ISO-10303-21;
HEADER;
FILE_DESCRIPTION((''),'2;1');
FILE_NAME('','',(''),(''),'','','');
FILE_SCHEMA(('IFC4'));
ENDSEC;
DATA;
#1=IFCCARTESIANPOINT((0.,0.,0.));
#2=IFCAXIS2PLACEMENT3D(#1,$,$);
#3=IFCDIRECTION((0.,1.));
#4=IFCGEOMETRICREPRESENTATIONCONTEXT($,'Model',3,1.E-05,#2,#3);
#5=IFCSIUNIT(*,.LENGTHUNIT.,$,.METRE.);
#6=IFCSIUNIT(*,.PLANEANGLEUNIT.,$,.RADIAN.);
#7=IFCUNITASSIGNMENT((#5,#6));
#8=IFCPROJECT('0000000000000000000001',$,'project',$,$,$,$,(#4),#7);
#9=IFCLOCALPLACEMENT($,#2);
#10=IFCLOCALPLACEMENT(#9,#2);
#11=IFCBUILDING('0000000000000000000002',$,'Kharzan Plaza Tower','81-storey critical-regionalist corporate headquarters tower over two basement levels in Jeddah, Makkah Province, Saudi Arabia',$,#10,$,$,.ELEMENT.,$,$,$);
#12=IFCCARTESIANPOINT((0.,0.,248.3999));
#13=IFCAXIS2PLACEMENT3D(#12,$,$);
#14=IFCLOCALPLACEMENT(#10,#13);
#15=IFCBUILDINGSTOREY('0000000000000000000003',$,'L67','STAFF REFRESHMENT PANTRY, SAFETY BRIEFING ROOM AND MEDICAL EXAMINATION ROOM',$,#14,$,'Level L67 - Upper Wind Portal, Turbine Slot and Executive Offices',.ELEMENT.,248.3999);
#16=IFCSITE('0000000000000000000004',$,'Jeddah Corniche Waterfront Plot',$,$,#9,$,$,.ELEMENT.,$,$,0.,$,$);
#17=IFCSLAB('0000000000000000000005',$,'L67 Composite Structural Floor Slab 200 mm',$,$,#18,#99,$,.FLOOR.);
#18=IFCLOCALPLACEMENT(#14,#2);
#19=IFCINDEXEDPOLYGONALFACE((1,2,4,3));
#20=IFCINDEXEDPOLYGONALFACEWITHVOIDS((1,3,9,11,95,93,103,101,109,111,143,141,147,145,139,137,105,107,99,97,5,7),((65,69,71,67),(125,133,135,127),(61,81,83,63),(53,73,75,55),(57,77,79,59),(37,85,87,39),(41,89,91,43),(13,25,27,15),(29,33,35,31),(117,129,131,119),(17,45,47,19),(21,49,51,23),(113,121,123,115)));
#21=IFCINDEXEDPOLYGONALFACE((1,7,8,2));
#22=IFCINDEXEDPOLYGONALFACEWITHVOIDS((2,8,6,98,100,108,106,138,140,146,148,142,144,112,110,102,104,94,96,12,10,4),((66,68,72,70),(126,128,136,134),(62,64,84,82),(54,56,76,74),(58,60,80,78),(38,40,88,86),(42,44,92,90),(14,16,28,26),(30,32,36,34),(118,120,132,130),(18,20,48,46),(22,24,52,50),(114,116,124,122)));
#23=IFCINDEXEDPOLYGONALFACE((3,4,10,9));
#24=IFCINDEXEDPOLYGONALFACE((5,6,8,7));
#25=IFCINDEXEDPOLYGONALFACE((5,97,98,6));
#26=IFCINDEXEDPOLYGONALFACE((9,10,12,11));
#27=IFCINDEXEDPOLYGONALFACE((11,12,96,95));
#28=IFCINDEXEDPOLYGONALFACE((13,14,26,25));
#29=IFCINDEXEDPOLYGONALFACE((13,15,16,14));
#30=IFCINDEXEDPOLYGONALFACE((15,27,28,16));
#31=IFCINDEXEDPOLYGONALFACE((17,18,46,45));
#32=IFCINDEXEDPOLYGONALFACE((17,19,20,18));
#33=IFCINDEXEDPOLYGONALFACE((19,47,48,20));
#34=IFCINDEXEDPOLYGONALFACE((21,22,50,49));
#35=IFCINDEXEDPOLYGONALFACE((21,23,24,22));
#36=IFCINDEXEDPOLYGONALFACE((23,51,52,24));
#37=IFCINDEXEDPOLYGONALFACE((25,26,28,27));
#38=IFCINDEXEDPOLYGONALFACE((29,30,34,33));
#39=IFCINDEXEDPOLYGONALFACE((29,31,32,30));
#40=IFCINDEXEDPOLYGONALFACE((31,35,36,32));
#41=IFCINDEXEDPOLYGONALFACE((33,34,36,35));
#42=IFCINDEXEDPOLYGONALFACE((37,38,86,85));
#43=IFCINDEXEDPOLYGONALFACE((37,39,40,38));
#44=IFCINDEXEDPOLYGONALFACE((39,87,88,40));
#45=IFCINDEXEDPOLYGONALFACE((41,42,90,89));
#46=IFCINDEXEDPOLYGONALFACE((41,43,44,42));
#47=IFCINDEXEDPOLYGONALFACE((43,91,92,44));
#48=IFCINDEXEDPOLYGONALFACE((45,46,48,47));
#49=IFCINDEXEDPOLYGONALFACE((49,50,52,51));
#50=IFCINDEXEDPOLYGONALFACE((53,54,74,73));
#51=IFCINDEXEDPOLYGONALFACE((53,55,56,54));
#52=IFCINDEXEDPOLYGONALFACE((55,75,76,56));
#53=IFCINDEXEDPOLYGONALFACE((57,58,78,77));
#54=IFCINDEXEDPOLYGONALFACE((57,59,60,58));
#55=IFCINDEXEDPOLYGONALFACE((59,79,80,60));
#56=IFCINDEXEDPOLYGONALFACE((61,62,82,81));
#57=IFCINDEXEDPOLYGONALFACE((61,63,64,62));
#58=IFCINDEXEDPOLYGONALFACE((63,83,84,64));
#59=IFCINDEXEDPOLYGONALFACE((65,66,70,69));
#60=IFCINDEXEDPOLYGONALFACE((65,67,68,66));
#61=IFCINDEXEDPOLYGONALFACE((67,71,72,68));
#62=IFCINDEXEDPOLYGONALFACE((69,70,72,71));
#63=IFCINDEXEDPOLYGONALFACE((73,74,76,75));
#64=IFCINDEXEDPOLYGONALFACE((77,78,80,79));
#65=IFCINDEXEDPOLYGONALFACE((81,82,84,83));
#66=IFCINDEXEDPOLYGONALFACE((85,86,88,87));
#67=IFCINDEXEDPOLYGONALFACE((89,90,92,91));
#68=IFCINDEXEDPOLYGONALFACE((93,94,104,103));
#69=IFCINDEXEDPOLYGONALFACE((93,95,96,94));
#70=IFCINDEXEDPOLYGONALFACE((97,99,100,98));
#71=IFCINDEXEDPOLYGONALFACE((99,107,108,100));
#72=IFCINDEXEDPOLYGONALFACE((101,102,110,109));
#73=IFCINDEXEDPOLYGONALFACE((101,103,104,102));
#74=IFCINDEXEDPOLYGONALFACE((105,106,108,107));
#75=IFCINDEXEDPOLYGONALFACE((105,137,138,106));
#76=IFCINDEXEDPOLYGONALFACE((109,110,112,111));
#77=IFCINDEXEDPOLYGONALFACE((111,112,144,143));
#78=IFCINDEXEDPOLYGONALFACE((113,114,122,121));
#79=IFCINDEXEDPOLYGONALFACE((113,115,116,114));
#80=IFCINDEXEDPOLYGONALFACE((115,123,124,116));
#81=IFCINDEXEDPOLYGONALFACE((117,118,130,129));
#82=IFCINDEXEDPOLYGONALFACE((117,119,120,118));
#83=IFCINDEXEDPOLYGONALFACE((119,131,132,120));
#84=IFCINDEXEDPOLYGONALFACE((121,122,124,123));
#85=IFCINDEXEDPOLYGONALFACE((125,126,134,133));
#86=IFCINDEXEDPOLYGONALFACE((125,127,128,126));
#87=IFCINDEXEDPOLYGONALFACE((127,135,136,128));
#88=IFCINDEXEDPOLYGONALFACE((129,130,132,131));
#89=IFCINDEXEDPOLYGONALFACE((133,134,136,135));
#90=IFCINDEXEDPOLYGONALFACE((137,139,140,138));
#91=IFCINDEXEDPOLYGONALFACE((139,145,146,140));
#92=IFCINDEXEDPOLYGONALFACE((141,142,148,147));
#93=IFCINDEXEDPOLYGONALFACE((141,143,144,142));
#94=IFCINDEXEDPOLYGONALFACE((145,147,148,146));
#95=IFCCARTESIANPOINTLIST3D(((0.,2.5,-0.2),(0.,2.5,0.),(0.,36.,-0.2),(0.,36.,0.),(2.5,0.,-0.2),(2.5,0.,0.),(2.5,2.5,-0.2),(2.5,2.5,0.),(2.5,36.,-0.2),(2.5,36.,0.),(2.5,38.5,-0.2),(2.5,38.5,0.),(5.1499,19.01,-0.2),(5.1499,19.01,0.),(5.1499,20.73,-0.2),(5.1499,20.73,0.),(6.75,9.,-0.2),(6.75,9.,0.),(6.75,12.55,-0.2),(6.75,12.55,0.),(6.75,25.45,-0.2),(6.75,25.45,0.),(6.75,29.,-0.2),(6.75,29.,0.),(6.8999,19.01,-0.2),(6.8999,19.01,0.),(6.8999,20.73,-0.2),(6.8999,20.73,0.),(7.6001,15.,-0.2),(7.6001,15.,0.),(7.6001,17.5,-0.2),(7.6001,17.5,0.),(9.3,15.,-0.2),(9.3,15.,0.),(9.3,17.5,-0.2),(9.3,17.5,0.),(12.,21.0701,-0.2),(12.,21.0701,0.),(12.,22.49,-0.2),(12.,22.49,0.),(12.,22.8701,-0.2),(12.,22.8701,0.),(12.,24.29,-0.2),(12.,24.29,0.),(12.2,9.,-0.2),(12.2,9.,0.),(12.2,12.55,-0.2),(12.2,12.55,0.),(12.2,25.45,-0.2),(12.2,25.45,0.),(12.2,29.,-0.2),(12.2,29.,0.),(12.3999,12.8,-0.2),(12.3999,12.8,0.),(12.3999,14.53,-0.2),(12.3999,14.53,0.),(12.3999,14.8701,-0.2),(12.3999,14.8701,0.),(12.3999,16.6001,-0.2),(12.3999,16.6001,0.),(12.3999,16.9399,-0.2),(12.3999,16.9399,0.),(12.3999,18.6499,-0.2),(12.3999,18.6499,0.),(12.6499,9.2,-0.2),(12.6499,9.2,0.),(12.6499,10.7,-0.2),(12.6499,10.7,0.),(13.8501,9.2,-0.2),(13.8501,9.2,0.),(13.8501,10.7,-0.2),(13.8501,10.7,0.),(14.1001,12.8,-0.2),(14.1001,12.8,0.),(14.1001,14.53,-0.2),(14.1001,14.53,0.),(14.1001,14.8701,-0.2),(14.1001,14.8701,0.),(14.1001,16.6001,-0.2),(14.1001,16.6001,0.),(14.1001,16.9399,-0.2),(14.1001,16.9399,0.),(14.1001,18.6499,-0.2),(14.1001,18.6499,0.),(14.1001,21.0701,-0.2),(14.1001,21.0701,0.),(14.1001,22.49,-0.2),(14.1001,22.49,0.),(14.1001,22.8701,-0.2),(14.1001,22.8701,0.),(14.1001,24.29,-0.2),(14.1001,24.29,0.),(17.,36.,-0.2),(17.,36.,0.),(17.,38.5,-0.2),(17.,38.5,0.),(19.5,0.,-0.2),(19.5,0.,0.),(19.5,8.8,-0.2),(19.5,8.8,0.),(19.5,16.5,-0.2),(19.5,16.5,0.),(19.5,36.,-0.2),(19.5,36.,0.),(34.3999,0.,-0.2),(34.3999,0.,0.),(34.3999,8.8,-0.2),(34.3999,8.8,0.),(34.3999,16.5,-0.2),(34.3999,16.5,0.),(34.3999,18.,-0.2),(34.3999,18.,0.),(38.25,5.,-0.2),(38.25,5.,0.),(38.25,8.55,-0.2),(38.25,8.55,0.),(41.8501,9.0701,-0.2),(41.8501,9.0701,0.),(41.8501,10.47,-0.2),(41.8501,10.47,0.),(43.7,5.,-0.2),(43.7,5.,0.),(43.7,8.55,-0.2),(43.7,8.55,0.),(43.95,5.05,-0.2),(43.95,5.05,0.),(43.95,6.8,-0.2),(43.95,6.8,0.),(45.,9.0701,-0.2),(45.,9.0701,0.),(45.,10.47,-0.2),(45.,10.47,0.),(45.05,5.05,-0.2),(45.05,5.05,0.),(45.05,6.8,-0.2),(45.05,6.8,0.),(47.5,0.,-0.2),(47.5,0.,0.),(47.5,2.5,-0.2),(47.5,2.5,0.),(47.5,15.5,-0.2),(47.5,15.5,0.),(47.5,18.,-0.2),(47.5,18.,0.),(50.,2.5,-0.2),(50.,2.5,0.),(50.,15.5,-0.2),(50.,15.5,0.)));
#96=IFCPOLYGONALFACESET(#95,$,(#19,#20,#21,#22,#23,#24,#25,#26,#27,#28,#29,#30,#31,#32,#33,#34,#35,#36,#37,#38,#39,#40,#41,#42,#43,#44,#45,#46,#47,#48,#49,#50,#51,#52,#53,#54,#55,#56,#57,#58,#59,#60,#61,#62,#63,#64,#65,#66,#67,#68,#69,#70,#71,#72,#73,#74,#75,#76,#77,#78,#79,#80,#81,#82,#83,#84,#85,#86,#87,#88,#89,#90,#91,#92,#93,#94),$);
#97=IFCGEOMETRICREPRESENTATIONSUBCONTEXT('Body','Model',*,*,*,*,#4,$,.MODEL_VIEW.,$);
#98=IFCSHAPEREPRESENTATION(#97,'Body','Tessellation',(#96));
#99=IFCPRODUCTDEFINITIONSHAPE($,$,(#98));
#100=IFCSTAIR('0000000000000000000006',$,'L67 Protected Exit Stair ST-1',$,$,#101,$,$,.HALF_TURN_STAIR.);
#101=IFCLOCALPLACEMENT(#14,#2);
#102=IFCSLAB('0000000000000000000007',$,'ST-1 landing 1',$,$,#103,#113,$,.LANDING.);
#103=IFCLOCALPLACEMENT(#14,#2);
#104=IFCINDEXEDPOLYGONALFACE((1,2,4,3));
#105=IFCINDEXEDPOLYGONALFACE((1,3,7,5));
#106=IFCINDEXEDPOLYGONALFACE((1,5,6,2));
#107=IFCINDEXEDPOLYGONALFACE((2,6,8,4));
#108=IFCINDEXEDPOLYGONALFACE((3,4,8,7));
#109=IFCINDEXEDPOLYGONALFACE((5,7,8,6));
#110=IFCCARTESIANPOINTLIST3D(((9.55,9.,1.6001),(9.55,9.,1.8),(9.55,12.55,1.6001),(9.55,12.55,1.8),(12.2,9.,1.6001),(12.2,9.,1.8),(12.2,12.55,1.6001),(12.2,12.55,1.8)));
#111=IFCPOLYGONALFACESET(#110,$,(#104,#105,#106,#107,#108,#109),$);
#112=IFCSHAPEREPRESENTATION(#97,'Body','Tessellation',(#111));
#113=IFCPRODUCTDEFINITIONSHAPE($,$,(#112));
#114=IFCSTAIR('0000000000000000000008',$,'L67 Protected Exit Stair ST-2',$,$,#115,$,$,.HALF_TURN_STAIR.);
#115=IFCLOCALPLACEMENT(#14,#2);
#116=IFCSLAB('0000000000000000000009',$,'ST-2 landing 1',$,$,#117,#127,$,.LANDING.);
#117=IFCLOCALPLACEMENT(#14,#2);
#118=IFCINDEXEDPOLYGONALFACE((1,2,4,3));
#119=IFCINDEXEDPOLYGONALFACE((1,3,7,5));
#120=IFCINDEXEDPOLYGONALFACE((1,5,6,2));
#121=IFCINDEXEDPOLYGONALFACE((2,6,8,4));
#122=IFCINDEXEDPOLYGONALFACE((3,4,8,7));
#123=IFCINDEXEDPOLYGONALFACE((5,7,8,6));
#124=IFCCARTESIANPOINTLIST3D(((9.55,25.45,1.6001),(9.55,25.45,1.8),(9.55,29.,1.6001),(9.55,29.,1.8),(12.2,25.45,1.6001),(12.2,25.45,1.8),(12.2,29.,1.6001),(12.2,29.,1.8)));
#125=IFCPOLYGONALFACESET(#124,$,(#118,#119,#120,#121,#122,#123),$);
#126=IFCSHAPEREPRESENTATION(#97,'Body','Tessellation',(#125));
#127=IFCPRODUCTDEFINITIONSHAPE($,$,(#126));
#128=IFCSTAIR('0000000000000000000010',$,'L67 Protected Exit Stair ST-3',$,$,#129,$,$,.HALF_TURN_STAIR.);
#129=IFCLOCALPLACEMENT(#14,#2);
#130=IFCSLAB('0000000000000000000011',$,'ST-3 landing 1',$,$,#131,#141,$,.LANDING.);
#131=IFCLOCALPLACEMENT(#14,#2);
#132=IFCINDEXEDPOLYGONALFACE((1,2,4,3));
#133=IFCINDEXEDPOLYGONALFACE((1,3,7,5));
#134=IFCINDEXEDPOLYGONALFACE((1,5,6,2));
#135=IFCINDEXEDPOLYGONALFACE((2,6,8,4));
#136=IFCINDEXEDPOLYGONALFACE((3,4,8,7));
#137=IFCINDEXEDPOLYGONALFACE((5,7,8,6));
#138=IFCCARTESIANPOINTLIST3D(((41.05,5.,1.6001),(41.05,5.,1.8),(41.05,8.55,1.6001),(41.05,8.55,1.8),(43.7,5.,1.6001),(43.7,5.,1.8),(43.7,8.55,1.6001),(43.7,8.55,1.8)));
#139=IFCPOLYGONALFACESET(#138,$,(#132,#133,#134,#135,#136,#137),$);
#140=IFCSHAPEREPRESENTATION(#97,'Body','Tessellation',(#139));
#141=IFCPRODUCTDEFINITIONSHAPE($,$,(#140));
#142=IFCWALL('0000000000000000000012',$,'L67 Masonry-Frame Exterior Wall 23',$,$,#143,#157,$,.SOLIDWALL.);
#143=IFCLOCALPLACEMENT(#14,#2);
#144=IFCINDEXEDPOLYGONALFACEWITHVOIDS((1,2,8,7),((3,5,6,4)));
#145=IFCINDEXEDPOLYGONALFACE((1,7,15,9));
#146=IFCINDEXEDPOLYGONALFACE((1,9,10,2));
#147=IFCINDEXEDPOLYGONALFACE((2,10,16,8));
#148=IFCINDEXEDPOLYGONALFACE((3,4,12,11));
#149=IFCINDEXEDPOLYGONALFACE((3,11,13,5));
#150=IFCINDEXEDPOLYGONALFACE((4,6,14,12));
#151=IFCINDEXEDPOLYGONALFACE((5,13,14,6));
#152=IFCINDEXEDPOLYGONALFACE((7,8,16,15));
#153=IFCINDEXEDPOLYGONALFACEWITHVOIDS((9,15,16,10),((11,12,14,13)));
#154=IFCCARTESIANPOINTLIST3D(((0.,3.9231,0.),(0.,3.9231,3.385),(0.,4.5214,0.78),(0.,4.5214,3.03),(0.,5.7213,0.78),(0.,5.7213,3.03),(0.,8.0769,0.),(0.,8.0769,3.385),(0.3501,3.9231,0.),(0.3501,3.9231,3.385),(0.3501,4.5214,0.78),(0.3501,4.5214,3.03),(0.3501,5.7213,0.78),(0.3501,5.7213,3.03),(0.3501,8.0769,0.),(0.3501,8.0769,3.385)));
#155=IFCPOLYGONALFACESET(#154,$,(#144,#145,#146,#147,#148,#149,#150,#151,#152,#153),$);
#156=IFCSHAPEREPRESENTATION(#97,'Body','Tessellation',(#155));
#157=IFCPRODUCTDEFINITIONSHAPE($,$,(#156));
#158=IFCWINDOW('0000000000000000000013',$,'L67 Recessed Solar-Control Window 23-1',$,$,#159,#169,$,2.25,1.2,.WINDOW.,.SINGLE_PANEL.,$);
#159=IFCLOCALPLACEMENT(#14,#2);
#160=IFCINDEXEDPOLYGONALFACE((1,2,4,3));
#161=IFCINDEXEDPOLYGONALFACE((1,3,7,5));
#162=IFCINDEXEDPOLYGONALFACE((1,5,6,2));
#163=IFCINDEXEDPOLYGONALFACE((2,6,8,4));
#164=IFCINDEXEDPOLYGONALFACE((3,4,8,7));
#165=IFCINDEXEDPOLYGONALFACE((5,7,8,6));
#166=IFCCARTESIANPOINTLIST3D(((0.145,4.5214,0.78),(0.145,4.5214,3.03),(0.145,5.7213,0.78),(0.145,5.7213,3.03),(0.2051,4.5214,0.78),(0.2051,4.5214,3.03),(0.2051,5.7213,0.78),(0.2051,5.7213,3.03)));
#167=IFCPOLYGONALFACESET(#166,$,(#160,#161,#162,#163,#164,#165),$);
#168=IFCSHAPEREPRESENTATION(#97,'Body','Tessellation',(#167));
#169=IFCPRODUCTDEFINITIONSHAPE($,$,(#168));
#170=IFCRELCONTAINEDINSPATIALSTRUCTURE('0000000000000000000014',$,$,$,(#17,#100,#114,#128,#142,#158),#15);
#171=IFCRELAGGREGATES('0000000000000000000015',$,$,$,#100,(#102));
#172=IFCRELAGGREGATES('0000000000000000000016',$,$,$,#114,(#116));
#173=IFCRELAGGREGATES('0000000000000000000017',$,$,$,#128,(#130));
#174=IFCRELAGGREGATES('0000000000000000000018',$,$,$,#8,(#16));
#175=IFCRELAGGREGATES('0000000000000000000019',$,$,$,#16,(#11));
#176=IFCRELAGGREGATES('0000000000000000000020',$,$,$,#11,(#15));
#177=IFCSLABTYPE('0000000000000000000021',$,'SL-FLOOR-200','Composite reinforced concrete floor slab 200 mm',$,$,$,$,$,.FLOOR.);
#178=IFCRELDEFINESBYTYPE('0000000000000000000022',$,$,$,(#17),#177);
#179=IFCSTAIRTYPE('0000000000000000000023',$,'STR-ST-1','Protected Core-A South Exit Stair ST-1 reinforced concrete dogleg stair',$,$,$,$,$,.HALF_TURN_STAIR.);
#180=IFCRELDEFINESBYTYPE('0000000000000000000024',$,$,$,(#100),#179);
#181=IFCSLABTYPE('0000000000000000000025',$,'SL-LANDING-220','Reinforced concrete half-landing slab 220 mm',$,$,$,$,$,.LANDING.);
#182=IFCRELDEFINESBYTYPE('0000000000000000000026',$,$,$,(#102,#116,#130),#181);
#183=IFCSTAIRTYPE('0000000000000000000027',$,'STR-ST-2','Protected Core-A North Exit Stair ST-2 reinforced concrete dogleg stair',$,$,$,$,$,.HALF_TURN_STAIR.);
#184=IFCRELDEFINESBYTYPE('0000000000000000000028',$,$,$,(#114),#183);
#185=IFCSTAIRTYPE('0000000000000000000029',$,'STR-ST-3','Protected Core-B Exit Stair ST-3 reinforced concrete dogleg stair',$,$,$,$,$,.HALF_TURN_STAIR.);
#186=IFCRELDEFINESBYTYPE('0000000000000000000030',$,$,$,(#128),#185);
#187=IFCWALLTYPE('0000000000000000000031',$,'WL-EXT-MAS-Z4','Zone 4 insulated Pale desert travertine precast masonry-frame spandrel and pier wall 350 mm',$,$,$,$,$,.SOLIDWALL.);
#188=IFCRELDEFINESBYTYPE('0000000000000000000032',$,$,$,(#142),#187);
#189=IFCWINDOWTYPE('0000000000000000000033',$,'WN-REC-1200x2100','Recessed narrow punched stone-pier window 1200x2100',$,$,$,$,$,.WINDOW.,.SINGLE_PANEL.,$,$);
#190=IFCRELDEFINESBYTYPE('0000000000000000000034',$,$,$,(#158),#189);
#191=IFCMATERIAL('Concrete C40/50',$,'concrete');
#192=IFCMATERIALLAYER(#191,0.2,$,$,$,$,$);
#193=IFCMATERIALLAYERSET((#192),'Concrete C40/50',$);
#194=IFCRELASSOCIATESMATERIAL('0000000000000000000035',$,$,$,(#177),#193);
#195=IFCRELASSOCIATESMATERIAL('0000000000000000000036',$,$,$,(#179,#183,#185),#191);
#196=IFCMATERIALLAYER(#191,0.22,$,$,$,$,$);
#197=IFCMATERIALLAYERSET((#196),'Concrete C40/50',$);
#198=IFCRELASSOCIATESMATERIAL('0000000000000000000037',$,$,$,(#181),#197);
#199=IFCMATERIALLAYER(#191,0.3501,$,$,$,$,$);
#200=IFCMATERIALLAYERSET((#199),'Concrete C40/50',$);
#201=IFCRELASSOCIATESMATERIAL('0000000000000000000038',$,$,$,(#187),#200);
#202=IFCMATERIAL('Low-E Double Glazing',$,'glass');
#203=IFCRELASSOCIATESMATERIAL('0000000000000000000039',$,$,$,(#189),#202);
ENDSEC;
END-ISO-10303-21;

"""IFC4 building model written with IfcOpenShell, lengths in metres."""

from ifc_helpers import new_model, si_unit, direction, frame, frame_2d, origin, place, context, subcontext, project, spatial, polyline, rectangle, outline, extrude, source, transform, mapped, material, layer, layer_set, type_object, element, fill, aggregate, save


model = new_model("IFC4")

# Units and contexts
model_context = context("Model", 3, precision=1e-05, world=origin(), true_north=direction((0.0, 1.0)))
body_context = subcontext(model_context, "Body", "Model", "MODEL_VIEW")
ifc_project = project(units=[si_unit("LENGTHUNIT", "METRE"), si_unit("PLANEANGLEUNIT", "RADIAN")], contexts=[model_context])

# Site, building, storey
site_placement = place(None, origin())
site = spatial("IfcSite", under=ifc_project, at=site_placement, Name="Jeddah Corniche Waterfront Plot", CompositionType="ELEMENT", RefElevation=0.0)
building_placement = place(site_placement, origin())
building = spatial("IfcBuilding", under=site, at=building_placement, Name="Kharzan Plaza Tower", Description="81-storey critical-regionalist corporate headquarters tower over two basement levels in Jeddah, Makkah Province, Saudi Arabia", CompositionType="ELEMENT")
storey_placement = place(building_placement, frame((0.0, 0.0, 248.3999)))
storey = spatial("IfcBuildingStorey", under=building, at=storey_placement, Name="L67", Description="STAFF REFRESHMENT PANTRY, SAFETY BRIEFING ROOM AND MEDICAL EXAMINATION ROOM", LongName="Level L67 - Upper Wind Portal, Turbine Slot and Executive Offices", CompositionType="ELEMENT", Elevation=248.3999)

# Slab
ifc_material_1 = material(Name="Concrete C40/50", Category="concrete")
ifc_layer_1 = layer(ifc_material_1, 0.2)
ifc_layer_set_1 = layer_set([ifc_layer_1], Name="Concrete C40/50")
slab_type_1 = type_object("IfcSlabType", Name="SL-FLOOR-200", Description="Composite reinforced concrete floor slab 200 mm", PredefinedType="FLOOR", material=ifc_layer_set_1)
slab_1_placement = place(storey_placement, frame((0.0, 0.0, -0.2)))
element("IfcSlab", 1, at=slab_1_placement, inside=storey, type_object=slab_type_1, Name="L67 Composite Structural Floor Slab 200 mm", PredefinedType="FLOOR", context=body_context, shape_type="SweptSolid", body=[
    extrude(outline(polyline([(34.3999, 16.5), (19.5, 16.5), (19.5, 36.0), (17.0, 36.0), (17.0, 38.5), (2.5, 38.5), (2.5, 36.0), (0.0, 36.0), (0.0, 2.5), (2.5, 2.5), (2.5, 0.0), (19.5, 0.0), (19.5, 8.8), (34.3999, 8.8), (34.3999, 0.0), (47.5, 0.0), (47.5, 2.5), (50.0, 2.5), (50.0, 15.5), (47.5, 15.5), (47.5, 18.0), (34.3999, 18.0), (34.3999, 16.5)]), holes=[polyline([(12.2, 12.55), (6.75, 12.55), (6.75, 9.0), (12.2, 9.0), (12.2, 12.55)]), polyline([(14.1001, 12.8), (14.1001, 14.53), (12.3999, 14.53), (12.3999, 12.8), (14.1001, 12.8)]), polyline([(9.3, 15.0), (9.3, 17.5), (7.6001, 17.5), (7.6001, 15.0), (9.3, 15.0)]), polyline([(6.8999, 20.73), (5.1499, 20.73), (5.1499, 19.01), (6.8999, 19.01), (6.8999, 20.73)]), polyline([(14.1001, 21.0701), (14.1001, 22.49), (12.0, 22.49), (12.0, 21.0701), (14.1001, 21.0701)]), polyline([(14.1001, 22.8701), (14.1001, 24.29), (12.0, 24.29), (12.0, 22.8701), (14.1001, 22.8701)]), polyline([(12.2, 29.0), (6.75, 29.0), (6.75, 25.45), (12.2, 25.45), (12.2, 29.0)]), polyline([(45.05, 5.05), (45.05, 6.8), (43.95, 6.8), (43.95, 5.05), (45.05, 5.05)]), polyline([(43.7, 5.0), (43.7, 8.55), (38.25, 8.55), (38.25, 5.0), (43.7, 5.0)]), polyline([(45.0, 9.0701), (45.0, 10.47), (41.8501, 10.47), (41.8501, 9.0701), (45.0, 9.0701)]), polyline([(13.8501, 9.2), (13.8501, 10.7), (12.6499, 10.7), (12.6499, 9.2), (13.8501, 9.2)]), polyline([(14.1001, 14.8701), (14.1001, 16.6001), (12.3999, 16.6001), (12.3999, 14.8701), (14.1001, 14.8701)]), polyline([(14.1001, 16.9399), (14.1001, 18.6499), (12.3999, 18.6499), (12.3999, 16.9399), (14.1001, 16.9399)])]), origin(), (0.0, 0.0, 1.0), 0.2),
])

# Stairs, slabs
stair_type_1 = type_object("IfcStairType", Name="STR-ST-1", Description="Protected Core-A South Exit Stair ST-1 reinforced concrete dogleg stair", PredefinedType="HALF_TURN_STAIR", material=ifc_material_1)
stair_1_placement = place(storey_placement, origin())
stair_1 = element("IfcStair", 2, at=stair_1_placement, inside=storey, type_object=stair_type_1, Name="L67 Protected Exit Stair ST-1", PredefinedType="HALF_TURN_STAIR")
ifc_layer_2 = layer(ifc_material_1, 0.22)
ifc_layer_set_2 = layer_set([ifc_layer_2], Name="Concrete C40/50")
slab_type_2 = type_object("IfcSlabType", Name="SL-LANDING-220", Description="Reinforced concrete half-landing slab 220 mm", PredefinedType="LANDING", material=ifc_layer_set_2)
slab_2_placement = place(storey_placement, frame((0.0, 0.0, 1.6001)))
slab_2 = element("IfcSlab", 3, at=slab_2_placement, type_object=slab_type_2, Name="ST-1 landing 1", PredefinedType="LANDING", context=body_context, shape_type="SweptSolid", body=[
    extrude(outline(polyline([(9.55, 9.0), (12.2, 9.0), (12.2, 12.55), (9.55, 12.55), (9.55, 9.0)])), origin(), (0.0, 0.0, 1.0), 0.2),
])
aggregate(stair_1, [slab_2])
stair_type_2 = type_object("IfcStairType", Name="STR-ST-2", Description="Protected Core-A North Exit Stair ST-2 reinforced concrete dogleg stair", PredefinedType="HALF_TURN_STAIR", material=ifc_material_1)
stair_2_placement = place(storey_placement, origin())
stair_2 = element("IfcStair", 4, at=stair_2_placement, inside=storey, type_object=stair_type_2, Name="L67 Protected Exit Stair ST-2", PredefinedType="HALF_TURN_STAIR")
slab_3_placement = place(storey_placement, frame((0.0, 0.0, 1.6001)))
slab_3 = element("IfcSlab", 5, at=slab_3_placement, type_object=slab_type_2, Name="ST-2 landing 1", PredefinedType="LANDING", context=body_context, shape_type="SweptSolid", body=[
    extrude(outline(polyline([(9.55, 25.45), (12.2, 25.45), (12.2, 29.0), (9.55, 29.0), (9.55, 25.45)])), origin(), (0.0, 0.0, 1.0), 0.2),
])
aggregate(stair_2, [slab_3])
stair_type_3 = type_object("IfcStairType", Name="STR-ST-3", Description="Protected Core-B Exit Stair ST-3 reinforced concrete dogleg stair", PredefinedType="HALF_TURN_STAIR", material=ifc_material_1)
stair_3_placement = place(storey_placement, origin())
stair_3 = element("IfcStair", 6, at=stair_3_placement, inside=storey, type_object=stair_type_3, Name="L67 Protected Exit Stair ST-3", PredefinedType="HALF_TURN_STAIR")
slab_4_placement = place(storey_placement, frame((0.0, 0.0, 1.6001)))
slab_4 = element("IfcSlab", 7, at=slab_4_placement, type_object=slab_type_2, Name="ST-3 landing 1", PredefinedType="LANDING", context=body_context, shape_type="SweptSolid", body=[
    extrude(outline(polyline([(41.05, 5.0), (43.7, 5.0), (43.7, 8.55), (41.05, 8.55), (41.05, 5.0)])), origin(), (0.0, 0.0, 1.0), 0.2),
])
aggregate(stair_3, [slab_4])

# Wall, opening, window
ifc_layer_3 = layer(ifc_material_1, 0.3501)
ifc_layer_set_3 = layer_set([ifc_layer_3], Name="Concrete C40/50")
wall_type_1 = type_object("IfcWallType", Name="WL-EXT-MAS-Z4", Description="Zone 4 insulated Pale desert travertine precast masonry-frame spandrel and pier wall 350 mm", PredefinedType="SOLIDWALL", material=ifc_layer_set_3)
wall_1_placement = place(storey_placement, frame((0.175, 8.0769, 0.0), z_axis=(0.0, 0.0, 1.0), x_axis=(0.0, -1.0, 0.0)))
wall_1 = element("IfcWall", 8, at=wall_1_placement, inside=storey, type_object=wall_type_1, Name="L67 Masonry-Frame Exterior Wall 23", PredefinedType="SOLIDWALL", context=body_context, shape_type="SweptSolid", body=[
    extrude(rectangle(XDim=4.1538, YDim=0.3501, at=frame_2d((2.0769, 0.0))), origin(), (0.0, 0.0, 1.0), 3.385),
])
opening_1_placement = place(wall_1_placement, frame((2.3555, 0.0, 0.78)))
opening_1 = element("IfcOpeningElement", 9, at=opening_1_placement, cuts=wall_1, PredefinedType="OPENING", context=body_context, shape_type="SweptSolid", body=[
    extrude(rectangle(XDim=1.2, YDim=2.25, at=frame_2d((0.6001, 1.125))), frame((0.0, 0.1851, 0.0), z_axis=(0.0, -1.0, 0.0), x_axis=(1.0, 0.0, 0.0)), (0.0, 0.0, 1.0), 0.3701),
])
ifc_material_2 = material(Name="Low-E Double Glazing", Category="glass")
window_type = type_object("IfcWindowType", Name="WN-REC-1200x2100", Description="Recessed narrow punched stone-pier window 1200x2100", PartitioningType="SINGLE_PANEL", PredefinedType="WINDOW", material=ifc_material_2)
shared_shape_1 = source(origin(), body_context, "Body", "SweptSolid", [
    extrude(rectangle(XDim=1.2, YDim=2.25, at=frame_2d((0.6001, 1.125))), frame((0.0, 0.03, 0.0), z_axis=(0.0, -1.0, 0.0), x_axis=(1.0, 0.0, 0.0)), (0.0, 0.0, 1.0), 0.0601),
])
window_1_placement = place(opening_1_placement, origin())
window_1 = element("IfcWindow", 10, at=window_1_placement, inside=storey, type_object=window_type, Name="L67 Recessed Solar-Control Window 23-1", OverallHeight=2.25, OverallWidth=1.2, PartitioningType="SINGLE_PANEL", PredefinedType="WINDOW", context=body_context, shape_type="MappedRepresentation", body=[
    mapped(shared_shape_1, transform((0.0, 0.0, 0.0), x_axis=(1.0, 0.0, 0.0), y_axis=(0.0, 1.0, 0.0), z_axis=(0.0, 0.0, 1.0))),
])
fill(opening_1, window_1)

save(model, "model.ifc")
